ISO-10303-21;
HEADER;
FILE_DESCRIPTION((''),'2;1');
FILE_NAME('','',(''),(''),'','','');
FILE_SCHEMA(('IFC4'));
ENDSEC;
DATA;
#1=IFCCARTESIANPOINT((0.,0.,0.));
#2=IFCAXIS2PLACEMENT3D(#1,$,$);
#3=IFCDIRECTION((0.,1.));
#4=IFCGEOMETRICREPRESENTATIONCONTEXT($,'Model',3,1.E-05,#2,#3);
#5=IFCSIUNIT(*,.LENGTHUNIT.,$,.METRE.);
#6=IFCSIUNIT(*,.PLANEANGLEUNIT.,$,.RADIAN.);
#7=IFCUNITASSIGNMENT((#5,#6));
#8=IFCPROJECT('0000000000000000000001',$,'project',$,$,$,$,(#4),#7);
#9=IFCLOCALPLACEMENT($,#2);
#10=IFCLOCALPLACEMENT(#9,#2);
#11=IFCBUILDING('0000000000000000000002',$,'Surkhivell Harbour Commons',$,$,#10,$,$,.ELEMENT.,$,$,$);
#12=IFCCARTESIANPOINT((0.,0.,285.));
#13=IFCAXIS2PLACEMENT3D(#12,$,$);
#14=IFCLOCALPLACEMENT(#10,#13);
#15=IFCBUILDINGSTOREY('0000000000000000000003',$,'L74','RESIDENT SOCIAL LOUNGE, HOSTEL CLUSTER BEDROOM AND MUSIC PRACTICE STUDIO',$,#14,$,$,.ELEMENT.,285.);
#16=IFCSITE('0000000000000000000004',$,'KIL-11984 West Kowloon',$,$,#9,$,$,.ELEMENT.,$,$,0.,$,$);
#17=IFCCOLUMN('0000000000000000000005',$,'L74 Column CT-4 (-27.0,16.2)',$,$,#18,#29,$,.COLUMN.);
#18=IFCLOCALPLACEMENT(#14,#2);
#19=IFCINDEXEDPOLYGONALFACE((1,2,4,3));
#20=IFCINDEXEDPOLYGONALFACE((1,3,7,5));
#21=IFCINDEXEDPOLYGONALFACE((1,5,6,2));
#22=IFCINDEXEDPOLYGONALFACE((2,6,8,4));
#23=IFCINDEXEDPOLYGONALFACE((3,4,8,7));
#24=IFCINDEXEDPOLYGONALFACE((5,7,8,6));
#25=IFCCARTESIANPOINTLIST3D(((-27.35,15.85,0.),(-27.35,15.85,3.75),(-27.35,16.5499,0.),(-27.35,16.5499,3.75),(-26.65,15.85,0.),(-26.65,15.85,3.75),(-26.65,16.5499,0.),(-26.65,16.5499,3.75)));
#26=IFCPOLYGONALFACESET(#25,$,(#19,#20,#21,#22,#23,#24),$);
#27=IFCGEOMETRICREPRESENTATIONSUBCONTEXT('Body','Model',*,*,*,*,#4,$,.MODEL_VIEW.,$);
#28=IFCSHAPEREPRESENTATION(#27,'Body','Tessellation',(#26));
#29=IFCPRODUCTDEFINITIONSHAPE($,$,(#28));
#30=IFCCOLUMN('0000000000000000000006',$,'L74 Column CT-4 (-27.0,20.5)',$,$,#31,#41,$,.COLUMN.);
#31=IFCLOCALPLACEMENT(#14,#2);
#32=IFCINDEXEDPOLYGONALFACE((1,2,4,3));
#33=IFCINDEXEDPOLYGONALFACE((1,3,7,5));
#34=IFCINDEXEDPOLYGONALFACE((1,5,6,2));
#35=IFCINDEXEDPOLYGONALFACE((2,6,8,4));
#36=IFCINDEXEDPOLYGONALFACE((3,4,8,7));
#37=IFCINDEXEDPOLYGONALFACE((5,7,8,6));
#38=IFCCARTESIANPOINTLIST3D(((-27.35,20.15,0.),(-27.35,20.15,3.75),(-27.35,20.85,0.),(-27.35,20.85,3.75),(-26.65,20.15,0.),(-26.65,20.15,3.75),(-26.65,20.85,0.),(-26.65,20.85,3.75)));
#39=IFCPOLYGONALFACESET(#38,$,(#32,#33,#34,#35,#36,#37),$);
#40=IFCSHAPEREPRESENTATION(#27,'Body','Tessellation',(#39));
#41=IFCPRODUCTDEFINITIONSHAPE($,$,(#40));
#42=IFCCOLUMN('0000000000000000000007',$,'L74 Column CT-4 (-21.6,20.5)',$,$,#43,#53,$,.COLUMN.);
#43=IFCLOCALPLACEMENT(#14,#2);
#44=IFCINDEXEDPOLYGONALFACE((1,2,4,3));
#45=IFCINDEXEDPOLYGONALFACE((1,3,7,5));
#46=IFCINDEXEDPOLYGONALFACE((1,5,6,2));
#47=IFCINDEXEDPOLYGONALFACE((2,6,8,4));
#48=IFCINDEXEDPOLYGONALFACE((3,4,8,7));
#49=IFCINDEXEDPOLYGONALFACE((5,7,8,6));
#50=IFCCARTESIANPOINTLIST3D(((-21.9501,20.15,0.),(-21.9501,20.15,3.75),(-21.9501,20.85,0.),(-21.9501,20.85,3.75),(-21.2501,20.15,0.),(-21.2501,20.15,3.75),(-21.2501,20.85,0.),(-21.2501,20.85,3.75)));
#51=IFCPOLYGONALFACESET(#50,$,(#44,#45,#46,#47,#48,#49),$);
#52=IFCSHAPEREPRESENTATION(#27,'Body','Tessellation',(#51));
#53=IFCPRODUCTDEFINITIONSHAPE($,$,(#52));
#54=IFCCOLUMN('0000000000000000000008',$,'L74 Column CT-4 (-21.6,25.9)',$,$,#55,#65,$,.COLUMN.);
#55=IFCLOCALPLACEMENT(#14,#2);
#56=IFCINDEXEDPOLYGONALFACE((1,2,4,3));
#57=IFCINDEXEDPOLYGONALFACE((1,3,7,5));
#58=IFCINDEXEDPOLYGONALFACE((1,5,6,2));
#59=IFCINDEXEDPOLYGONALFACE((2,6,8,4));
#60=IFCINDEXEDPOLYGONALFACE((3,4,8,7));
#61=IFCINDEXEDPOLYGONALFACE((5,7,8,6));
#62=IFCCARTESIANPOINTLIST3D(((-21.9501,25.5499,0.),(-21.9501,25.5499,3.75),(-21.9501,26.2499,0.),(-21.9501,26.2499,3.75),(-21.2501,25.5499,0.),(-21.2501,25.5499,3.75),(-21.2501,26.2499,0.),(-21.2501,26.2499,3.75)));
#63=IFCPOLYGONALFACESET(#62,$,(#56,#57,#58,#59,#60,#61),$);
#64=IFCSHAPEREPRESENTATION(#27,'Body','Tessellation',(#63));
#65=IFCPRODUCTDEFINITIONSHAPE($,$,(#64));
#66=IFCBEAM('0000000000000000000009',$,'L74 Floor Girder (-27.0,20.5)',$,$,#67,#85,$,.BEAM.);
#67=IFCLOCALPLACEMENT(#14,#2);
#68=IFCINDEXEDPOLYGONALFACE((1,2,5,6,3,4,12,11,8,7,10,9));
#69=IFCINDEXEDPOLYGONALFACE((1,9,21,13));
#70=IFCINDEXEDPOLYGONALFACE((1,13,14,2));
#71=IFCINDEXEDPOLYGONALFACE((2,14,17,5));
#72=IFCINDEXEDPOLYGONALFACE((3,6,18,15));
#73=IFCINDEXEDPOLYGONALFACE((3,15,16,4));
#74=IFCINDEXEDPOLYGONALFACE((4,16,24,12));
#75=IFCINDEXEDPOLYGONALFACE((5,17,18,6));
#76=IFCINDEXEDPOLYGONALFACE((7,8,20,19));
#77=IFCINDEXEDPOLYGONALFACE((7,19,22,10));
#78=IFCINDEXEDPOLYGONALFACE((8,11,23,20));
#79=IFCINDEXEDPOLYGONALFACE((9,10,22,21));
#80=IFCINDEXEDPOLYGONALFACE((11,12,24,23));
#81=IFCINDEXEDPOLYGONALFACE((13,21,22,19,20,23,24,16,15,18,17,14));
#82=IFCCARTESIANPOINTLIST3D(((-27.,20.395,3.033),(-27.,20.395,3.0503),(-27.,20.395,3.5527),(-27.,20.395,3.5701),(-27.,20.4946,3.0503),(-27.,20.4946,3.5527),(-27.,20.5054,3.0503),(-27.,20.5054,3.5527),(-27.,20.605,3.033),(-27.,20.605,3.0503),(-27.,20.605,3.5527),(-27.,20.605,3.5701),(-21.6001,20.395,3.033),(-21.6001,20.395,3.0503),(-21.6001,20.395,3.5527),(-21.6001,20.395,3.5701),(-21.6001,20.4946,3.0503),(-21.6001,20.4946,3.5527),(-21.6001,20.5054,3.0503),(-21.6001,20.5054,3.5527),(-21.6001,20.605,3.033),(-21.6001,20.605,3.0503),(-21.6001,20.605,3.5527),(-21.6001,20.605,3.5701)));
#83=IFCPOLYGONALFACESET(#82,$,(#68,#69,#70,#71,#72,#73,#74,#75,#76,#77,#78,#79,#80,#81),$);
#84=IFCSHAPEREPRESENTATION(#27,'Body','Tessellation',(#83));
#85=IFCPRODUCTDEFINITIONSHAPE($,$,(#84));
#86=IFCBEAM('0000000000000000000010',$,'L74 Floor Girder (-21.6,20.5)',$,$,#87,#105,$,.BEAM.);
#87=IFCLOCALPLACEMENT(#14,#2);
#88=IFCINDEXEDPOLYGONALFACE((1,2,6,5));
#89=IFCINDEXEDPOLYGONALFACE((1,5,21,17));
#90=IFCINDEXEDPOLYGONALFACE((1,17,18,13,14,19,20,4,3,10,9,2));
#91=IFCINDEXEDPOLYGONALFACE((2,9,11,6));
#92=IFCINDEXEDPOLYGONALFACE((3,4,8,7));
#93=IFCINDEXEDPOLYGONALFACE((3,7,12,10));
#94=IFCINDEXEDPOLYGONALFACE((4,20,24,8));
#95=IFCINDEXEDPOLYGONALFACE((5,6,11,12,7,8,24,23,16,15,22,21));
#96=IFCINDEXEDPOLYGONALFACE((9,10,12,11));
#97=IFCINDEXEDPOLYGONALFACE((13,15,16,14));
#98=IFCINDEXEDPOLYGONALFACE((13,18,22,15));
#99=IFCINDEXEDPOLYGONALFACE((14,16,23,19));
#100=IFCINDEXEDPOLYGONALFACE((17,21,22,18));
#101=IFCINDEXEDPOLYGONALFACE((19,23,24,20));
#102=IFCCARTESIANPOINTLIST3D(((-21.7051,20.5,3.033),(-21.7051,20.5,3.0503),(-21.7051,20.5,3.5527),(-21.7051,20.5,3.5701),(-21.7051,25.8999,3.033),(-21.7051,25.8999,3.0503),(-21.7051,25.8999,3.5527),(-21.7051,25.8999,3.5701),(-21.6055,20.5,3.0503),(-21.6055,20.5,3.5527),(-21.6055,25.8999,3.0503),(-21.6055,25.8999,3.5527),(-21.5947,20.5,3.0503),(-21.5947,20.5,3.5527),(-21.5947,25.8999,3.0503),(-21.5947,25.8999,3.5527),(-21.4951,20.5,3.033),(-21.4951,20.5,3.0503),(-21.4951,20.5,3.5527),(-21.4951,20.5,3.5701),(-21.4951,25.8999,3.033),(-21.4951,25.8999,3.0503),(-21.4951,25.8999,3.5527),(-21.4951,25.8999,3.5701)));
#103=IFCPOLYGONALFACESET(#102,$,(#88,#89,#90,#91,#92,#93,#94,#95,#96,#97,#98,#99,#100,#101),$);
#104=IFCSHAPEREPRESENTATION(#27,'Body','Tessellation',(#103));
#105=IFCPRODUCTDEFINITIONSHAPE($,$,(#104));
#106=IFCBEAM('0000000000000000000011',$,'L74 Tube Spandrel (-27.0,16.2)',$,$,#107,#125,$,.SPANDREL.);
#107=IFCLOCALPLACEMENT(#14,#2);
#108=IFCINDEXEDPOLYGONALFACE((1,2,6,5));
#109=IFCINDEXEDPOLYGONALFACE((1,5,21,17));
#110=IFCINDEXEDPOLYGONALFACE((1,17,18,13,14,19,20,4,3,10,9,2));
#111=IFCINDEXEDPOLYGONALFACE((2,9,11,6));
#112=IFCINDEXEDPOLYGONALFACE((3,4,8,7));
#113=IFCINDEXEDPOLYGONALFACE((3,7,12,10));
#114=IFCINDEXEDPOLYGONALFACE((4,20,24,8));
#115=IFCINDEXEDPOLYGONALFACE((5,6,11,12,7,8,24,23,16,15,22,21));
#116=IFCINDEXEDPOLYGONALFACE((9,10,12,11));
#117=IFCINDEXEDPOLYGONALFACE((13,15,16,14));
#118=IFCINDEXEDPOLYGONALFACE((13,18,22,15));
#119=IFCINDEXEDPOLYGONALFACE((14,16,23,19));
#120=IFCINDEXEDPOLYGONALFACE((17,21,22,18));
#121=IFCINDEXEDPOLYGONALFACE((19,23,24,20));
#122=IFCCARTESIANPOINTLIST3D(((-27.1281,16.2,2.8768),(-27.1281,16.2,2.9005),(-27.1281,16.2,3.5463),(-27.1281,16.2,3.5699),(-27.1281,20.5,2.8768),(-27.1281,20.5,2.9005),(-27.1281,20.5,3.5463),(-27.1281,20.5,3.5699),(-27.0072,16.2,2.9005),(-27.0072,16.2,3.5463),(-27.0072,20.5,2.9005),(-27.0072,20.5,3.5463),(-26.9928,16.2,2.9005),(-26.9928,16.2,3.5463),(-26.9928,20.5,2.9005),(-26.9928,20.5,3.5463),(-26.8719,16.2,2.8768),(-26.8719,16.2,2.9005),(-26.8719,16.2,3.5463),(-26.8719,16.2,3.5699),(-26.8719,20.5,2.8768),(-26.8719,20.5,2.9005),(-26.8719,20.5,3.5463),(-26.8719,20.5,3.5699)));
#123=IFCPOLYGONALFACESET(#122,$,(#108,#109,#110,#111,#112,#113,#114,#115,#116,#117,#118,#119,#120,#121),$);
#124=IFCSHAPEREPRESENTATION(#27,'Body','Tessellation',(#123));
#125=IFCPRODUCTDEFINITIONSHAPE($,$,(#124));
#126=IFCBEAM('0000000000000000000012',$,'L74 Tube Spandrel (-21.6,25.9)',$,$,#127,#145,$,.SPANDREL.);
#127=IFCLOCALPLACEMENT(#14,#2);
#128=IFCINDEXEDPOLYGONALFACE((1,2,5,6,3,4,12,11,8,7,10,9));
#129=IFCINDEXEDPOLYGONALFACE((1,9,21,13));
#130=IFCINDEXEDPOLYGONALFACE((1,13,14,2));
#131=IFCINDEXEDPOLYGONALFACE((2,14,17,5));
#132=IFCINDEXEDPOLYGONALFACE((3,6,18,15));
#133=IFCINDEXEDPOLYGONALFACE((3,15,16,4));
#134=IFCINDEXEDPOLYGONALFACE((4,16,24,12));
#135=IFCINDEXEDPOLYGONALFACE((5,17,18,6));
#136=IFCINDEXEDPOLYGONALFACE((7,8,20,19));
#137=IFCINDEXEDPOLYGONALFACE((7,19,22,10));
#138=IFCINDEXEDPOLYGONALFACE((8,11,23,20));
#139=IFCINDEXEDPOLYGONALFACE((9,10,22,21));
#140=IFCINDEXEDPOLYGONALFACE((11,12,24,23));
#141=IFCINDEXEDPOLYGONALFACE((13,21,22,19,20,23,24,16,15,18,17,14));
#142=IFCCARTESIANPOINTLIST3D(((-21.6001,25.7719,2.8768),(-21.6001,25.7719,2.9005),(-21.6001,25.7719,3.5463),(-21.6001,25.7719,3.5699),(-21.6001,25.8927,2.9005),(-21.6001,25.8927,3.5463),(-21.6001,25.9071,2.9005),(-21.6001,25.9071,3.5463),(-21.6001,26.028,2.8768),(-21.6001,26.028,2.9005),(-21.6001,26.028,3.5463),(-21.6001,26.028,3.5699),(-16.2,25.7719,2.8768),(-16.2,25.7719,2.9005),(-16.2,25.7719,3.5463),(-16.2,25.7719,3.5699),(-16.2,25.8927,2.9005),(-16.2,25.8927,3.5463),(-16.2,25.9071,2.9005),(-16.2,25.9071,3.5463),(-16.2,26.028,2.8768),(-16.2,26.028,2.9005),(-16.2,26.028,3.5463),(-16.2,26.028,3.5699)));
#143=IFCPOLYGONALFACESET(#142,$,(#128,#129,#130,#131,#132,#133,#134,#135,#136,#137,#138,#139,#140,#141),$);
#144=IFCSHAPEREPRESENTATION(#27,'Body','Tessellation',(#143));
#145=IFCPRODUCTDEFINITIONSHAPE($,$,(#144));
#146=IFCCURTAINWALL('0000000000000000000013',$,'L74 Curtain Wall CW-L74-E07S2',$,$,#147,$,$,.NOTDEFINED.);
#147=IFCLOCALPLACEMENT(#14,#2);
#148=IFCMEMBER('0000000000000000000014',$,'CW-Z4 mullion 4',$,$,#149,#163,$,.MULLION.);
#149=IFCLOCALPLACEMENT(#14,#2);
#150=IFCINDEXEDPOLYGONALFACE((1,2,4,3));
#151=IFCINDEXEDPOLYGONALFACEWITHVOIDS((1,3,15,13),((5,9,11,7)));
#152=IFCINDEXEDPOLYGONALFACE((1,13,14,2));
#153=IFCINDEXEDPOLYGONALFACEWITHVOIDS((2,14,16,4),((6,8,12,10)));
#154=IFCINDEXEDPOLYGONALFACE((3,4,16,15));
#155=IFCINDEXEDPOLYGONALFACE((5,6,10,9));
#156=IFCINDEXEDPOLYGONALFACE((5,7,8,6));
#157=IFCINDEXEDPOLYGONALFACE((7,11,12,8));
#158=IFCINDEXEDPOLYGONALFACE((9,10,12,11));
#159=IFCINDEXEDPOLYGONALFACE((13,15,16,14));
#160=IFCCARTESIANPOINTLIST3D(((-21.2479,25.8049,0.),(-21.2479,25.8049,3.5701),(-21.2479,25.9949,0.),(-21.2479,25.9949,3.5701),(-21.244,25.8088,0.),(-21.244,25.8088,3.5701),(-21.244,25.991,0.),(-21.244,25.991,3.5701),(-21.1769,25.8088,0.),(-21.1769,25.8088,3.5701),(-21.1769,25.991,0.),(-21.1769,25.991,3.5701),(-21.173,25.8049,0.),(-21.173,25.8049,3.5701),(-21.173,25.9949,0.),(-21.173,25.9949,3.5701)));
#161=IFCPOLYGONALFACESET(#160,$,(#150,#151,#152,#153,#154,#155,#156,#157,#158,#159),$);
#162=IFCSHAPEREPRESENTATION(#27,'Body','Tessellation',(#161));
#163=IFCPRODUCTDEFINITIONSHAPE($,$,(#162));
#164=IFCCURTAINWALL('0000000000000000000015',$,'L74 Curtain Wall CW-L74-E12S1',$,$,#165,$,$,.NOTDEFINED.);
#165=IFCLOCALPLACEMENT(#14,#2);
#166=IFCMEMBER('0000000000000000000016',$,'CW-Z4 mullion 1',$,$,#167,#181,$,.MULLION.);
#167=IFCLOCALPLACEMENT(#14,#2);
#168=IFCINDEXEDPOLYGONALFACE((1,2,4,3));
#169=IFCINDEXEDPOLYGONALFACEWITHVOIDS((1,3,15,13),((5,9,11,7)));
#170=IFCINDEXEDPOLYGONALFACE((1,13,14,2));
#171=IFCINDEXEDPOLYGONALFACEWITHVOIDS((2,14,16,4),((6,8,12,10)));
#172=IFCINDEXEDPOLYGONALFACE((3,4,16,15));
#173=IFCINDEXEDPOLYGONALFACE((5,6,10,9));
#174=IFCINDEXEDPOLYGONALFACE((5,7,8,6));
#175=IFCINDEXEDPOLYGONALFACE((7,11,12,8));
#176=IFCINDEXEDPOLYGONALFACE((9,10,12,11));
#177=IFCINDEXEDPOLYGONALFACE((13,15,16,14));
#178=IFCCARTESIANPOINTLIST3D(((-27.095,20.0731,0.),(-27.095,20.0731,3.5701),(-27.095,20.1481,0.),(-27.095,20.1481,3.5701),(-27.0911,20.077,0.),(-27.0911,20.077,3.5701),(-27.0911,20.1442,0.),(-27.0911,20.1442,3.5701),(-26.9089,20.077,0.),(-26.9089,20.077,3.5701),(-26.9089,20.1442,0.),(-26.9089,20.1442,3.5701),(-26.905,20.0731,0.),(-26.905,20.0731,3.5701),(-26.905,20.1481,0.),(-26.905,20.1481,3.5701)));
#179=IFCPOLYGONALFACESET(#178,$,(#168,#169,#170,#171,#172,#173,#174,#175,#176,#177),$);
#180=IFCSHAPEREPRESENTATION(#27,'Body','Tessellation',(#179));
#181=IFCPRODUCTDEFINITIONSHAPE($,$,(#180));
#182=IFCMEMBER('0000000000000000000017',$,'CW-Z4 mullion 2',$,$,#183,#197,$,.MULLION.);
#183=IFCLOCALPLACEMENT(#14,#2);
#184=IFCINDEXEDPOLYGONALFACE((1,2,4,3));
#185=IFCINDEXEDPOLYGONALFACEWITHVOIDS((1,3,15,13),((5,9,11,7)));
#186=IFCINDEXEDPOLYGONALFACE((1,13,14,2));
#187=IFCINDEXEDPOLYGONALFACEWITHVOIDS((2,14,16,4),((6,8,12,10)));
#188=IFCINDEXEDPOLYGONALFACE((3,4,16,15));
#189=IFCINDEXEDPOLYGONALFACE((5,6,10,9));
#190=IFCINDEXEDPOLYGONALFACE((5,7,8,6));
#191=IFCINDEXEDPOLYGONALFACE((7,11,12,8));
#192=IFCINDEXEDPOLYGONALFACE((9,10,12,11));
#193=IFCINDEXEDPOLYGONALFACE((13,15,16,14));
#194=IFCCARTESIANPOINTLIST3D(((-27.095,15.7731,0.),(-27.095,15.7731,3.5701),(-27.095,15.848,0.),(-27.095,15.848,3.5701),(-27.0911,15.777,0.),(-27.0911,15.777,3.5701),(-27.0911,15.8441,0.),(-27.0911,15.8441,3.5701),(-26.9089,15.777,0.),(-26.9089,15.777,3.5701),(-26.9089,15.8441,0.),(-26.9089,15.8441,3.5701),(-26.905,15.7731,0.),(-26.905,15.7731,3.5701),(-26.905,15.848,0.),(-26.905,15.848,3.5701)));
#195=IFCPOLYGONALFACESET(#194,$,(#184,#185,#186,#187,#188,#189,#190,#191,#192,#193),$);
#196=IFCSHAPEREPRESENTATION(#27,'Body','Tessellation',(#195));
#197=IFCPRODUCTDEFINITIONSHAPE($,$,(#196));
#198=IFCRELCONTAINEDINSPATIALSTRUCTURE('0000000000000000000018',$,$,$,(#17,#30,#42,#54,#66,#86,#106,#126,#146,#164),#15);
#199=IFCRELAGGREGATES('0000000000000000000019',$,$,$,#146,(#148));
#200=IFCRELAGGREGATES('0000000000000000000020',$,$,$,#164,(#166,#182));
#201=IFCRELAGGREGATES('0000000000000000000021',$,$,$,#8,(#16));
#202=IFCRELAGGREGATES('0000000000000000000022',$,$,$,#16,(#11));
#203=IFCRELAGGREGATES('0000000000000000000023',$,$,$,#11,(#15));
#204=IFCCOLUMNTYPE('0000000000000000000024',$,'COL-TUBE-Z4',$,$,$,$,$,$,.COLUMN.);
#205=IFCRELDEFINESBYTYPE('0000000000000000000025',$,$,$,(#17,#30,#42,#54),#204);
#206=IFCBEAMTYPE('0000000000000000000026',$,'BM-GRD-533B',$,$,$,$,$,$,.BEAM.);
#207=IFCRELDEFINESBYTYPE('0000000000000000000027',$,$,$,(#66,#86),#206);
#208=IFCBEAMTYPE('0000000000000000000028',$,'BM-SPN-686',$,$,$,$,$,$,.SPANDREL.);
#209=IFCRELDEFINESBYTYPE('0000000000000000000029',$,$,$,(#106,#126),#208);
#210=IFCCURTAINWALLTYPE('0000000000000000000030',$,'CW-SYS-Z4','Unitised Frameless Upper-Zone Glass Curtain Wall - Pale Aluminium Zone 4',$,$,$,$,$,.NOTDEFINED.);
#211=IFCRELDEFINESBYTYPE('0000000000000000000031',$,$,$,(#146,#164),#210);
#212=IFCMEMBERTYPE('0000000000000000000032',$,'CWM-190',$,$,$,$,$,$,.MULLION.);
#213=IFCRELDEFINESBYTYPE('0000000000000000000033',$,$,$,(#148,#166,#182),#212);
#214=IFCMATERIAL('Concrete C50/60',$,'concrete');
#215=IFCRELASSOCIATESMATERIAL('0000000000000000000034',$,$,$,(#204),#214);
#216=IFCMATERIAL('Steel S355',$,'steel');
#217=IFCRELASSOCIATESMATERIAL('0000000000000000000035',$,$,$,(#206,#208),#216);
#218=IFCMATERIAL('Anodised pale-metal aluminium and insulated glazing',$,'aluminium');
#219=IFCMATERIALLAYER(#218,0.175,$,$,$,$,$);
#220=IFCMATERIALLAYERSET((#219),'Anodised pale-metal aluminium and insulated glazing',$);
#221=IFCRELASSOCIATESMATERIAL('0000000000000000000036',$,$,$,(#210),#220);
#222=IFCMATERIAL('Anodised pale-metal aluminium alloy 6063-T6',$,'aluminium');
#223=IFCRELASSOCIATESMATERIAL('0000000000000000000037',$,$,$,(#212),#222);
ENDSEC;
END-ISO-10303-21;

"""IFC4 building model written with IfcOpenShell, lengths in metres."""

from ifc_helpers import new_model, si_unit, direction, frame, origin, origin_2d, place, context, subcontext, project, spatial, rectangle, hollow_rectangle, i_section, extrude, material, layer, layer_set, material_profile, profile_set, type_object, element, aggregate, save


model = new_model("IFC4")

# Units and contexts
model_context = context("Model", 3, precision=1e-05, world=origin(), true_north=direction((0.0, 1.0)))
body_context = subcontext(model_context, "Body", "Model", "MODEL_VIEW")
ifc_project = project(units=[si_unit("LENGTHUNIT", "METRE"), si_unit("PLANEANGLEUNIT", "RADIAN")], contexts=[model_context])

# Site, building, storey
site_placement = place(None, origin())
site = spatial("IfcSite", under=ifc_project, at=site_placement, Name="KIL-11984 West Kowloon", CompositionType="ELEMENT", RefElevation=0.0)
building_placement = place(site_placement, origin())
building = spatial("IfcBuilding", under=site, at=building_placement, Name="Surkhivell Harbour Commons", CompositionType="ELEMENT")
storey_placement = place(building_placement, frame((0.0, 0.0, 285.0)))
storey = spatial("IfcBuildingStorey", under=building, at=storey_placement, Name="L74", Description="RESIDENT SOCIAL LOUNGE, HOSTEL CLUSTER BEDROOM AND MUSIC PRACTICE STUDIO", CompositionType="ELEMENT", Elevation=285.0)

# Columns
ifc_material_1 = material(Name="Concrete C50/60", Category="concrete")
ifc_material_profile_1 = material_profile(ifc_material_1, rectangle(XDim=0.7, YDim=0.7, at=origin_2d()), Name="RC-COL-700x700")
ifc_profile_set_1 = profile_set([ifc_material_profile_1], Name="Concrete C50/60")
column_type = type_object("IfcColumnType", Name="COL-TUBE-Z4", PredefinedType="COLUMN", material=ifc_profile_set_1)
for number, where, z_axis, x_axis, name in (
    (1, (-27.0, 16.2, 0.0), (0.0, 0.0, 1.0), (1.0, 0.0, 0.0), "L74 Column CT-4 (-27.0,16.2)"),
    (2, (-27.0, 20.5, 0.0), (0.0, 0.0, 1.0), (1.0, 0.0, 0.0), "L74 Column CT-4 (-27.0,20.5)"),
    (3, (-21.6001, 20.5, 0.0), (0.0, 0.0, 1.0), (1.0, 0.0, 0.0), "L74 Column CT-4 (-21.6,20.5)"),
    (4, (-21.6001, 25.8999, 0.0), (0.0, 0.0, 1.0), (1.0, 0.0, 0.0), "L74 Column CT-4 (-21.6,25.9)"),
):
    element("IfcColumn", number, at=place(storey_placement, frame(where, z_axis=z_axis, x_axis=x_axis)), inside=storey, type_object=column_type, Name=name, PredefinedType="COLUMN", context=body_context, shape_type="SweptSolid", body=[
        extrude(rectangle(XDim=0.7, YDim=0.7, at=origin_2d()), origin(), (0.0, 0.0, 1.0), 3.75),
    ])

# Beams
ifc_material_2 = material(Name="Steel S355", Category="steel")
ifc_material_profile_2 = material_profile(ifc_material_2, i_section(OverallWidth=0.21, OverallDepth=0.5371, WebThickness=0.0107, FlangeThickness=0.0173, at=origin_2d()), Name="UB533x210x101")
ifc_profile_set_2 = profile_set([ifc_material_profile_2], Name="Steel S355")
beam_type_1 = type_object("IfcBeamType", Name="BM-GRD-533B", PredefinedType="BEAM", material=ifc_profile_set_2)
for number, where, z_axis, x_axis, name in (
    (5, (-27.0, 20.5, 3.3015), (1.0, 0.0, 0.0), (0.0, 1.0, 0.0), "L74 Floor Girder (-27.0,20.5)"),
    (6, (-21.6001, 20.5, 3.3015), (0.0, 1.0, 0.0), (-1.0, 0.0, 0.0), "L74 Floor Girder (-21.6,20.5)"),
):
    element("IfcBeam", number, at=place(storey_placement, frame(where, z_axis=z_axis, x_axis=x_axis)), inside=storey, type_object=beam_type_1, Name=name, PredefinedType="BEAM", context=body_context, shape_type="SweptSolid", body=[
        extrude(i_section(OverallWidth=0.21, OverallDepth=0.5371, WebThickness=0.0107, FlangeThickness=0.0173, at=origin_2d()), origin(), (0.0, 0.0, 1.0), 5.3999),
    ])
ifc_material_profile_3 = material_profile(ifc_material_2, i_section(OverallWidth=0.2561, OverallDepth=0.6931, WebThickness=0.0144, FlangeThickness=0.0237, at=origin_2d()), Name="UB686x254x170")
ifc_profile_set_3 = profile_set([ifc_material_profile_3], Name="Steel S355")
beam_type_2 = type_object("IfcBeamType", Name="BM-SPN-686", PredefinedType="SPANDREL", material=ifc_profile_set_3)
beam_1_placement = place(storey_placement, frame((-27.0, 16.2, 3.2234), z_axis=(0.0, 1.0, 0.0), x_axis=(-1.0, 0.0, 0.0)))
element("IfcBeam", 7, at=beam_1_placement, inside=storey, type_object=beam_type_2, Name="L74 Tube Spandrel (-27.0,16.2)", PredefinedType="SPANDREL", context=body_context, shape_type="SweptSolid", body=[
    extrude(i_section(OverallWidth=0.2561, OverallDepth=0.6931, WebThickness=0.0144, FlangeThickness=0.0237, at=origin_2d()), origin(), (0.0, 0.0, 1.0), 4.3),
])
beam_2_placement = place(storey_placement, frame((-21.6001, 25.8999, 3.2234), z_axis=(1.0, 0.0, 0.0), x_axis=(0.0, 1.0, 0.0)))
element("IfcBeam", 8, at=beam_2_placement, inside=storey, type_object=beam_type_2, Name="L74 Tube Spandrel (-21.6,25.9)", PredefinedType="SPANDREL", context=body_context, shape_type="SweptSolid", body=[
    extrude(i_section(OverallWidth=0.2561, OverallDepth=0.6931, WebThickness=0.0144, FlangeThickness=0.0237, at=origin_2d()), origin(), (0.0, 0.0, 1.0), 5.4001),
])

# Curtain wall, member
ifc_material_3 = material(Name="Anodised pale-metal aluminium and insulated glazing", Category="aluminium")
ifc_layer_1 = layer(ifc_material_3, 0.175)
ifc_layer_set_1 = layer_set([ifc_layer_1], Name="Anodised pale-metal aluminium and insulated glazing")
curtain_wall_type = type_object("IfcCurtainWallType", Name="CW-SYS-Z4", Description="Unitised Frameless Upper-Zone Glass Curtain Wall - Pale Aluminium Zone 4", PredefinedType="NOTDEFINED", material=ifc_layer_set_1)
curtain_wall_1_placement = place(storey_placement, origin())
curtain_wall_1 = element("IfcCurtainWall", 9, at=curtain_wall_1_placement, inside=storey, type_object=curtain_wall_type, Name="L74 Curtain Wall CW-L74-E07S2", PredefinedType="NOTDEFINED")
ifc_material_4 = material(Name="Anodised pale-metal aluminium alloy 6063-T6", Category="aluminium")
ifc_material_profile_4 = material_profile(ifc_material_4, hollow_rectangle(XDim=0.075, YDim=0.1899, WallThickness=0.0039, at=origin_2d()), Name="ALU-MULL-75x190")
ifc_profile_set_4 = profile_set([ifc_material_profile_4], Name="Anodised pale-metal aluminium alloy 6063-T6")
member_type_1 = type_object("IfcMemberType", Name="CWM-190", PredefinedType="MULLION", material=ifc_profile_set_4)
member_1_placement = place(storey_placement, frame((-21.2104, 25.8999, 0.0), z_axis=(0.0, 0.0, 1.0), x_axis=(-1.0, 0.0, 0.0)))
member_1 = element("IfcMember", 10, at=member_1_placement, type_object=member_type_1, Name="CW-Z4 mullion 4", PredefinedType="MULLION", context=body_context, shape_type="SweptSolid", body=[
    extrude(hollow_rectangle(XDim=0.075, YDim=0.1899, WallThickness=0.0039, at=origin_2d()), origin(), (0.0, 0.0, 1.0), 3.5701),
])

# Curtain wall, members
curtain_wall_2_placement = place(storey_placement, origin())
curtain_wall_2 = element("IfcCurtainWall", 11, at=curtain_wall_2_placement, inside=storey, type_object=curtain_wall_type, Name="L74 Curtain Wall CW-L74-E12S1", PredefinedType="NOTDEFINED")
member_2_placement = place(storey_placement, frame((-27.0, 20.1106, 0.0), z_axis=(0.0, 0.0, 1.0), x_axis=(0.0, -1.0, 0.0)))
member_2 = element("IfcMember", 12, at=member_2_placement, type_object=member_type_1, Name="CW-Z4 mullion 1", PredefinedType="MULLION", context=body_context, shape_type="SweptSolid", body=[
    extrude(hollow_rectangle(XDim=0.075, YDim=0.1899, WallThickness=0.0039, at=origin_2d()), origin(), (0.0, 0.0, 1.0), 3.5701),
])
member_3_placement = place(storey_placement, frame((-27.0, 15.8105, 0.0), z_axis=(0.0, 0.0, 1.0), x_axis=(0.0, -1.0, 0.0)))
member_3 = element("IfcMember", 13, at=member_3_placement, type_object=member_type_1, Name="CW-Z4 mullion 2", PredefinedType="MULLION", context=body_context, shape_type="SweptSolid", body=[
    extrude(hollow_rectangle(XDim=0.075, YDim=0.1899, WallThickness=0.0039, at=origin_2d()), origin(), (0.0, 0.0, 1.0), 3.5701),
])

aggregate(curtain_wall_1, [member_1])
aggregate(curtain_wall_2, [member_2, member_3])

save(model, "model.ifc")
